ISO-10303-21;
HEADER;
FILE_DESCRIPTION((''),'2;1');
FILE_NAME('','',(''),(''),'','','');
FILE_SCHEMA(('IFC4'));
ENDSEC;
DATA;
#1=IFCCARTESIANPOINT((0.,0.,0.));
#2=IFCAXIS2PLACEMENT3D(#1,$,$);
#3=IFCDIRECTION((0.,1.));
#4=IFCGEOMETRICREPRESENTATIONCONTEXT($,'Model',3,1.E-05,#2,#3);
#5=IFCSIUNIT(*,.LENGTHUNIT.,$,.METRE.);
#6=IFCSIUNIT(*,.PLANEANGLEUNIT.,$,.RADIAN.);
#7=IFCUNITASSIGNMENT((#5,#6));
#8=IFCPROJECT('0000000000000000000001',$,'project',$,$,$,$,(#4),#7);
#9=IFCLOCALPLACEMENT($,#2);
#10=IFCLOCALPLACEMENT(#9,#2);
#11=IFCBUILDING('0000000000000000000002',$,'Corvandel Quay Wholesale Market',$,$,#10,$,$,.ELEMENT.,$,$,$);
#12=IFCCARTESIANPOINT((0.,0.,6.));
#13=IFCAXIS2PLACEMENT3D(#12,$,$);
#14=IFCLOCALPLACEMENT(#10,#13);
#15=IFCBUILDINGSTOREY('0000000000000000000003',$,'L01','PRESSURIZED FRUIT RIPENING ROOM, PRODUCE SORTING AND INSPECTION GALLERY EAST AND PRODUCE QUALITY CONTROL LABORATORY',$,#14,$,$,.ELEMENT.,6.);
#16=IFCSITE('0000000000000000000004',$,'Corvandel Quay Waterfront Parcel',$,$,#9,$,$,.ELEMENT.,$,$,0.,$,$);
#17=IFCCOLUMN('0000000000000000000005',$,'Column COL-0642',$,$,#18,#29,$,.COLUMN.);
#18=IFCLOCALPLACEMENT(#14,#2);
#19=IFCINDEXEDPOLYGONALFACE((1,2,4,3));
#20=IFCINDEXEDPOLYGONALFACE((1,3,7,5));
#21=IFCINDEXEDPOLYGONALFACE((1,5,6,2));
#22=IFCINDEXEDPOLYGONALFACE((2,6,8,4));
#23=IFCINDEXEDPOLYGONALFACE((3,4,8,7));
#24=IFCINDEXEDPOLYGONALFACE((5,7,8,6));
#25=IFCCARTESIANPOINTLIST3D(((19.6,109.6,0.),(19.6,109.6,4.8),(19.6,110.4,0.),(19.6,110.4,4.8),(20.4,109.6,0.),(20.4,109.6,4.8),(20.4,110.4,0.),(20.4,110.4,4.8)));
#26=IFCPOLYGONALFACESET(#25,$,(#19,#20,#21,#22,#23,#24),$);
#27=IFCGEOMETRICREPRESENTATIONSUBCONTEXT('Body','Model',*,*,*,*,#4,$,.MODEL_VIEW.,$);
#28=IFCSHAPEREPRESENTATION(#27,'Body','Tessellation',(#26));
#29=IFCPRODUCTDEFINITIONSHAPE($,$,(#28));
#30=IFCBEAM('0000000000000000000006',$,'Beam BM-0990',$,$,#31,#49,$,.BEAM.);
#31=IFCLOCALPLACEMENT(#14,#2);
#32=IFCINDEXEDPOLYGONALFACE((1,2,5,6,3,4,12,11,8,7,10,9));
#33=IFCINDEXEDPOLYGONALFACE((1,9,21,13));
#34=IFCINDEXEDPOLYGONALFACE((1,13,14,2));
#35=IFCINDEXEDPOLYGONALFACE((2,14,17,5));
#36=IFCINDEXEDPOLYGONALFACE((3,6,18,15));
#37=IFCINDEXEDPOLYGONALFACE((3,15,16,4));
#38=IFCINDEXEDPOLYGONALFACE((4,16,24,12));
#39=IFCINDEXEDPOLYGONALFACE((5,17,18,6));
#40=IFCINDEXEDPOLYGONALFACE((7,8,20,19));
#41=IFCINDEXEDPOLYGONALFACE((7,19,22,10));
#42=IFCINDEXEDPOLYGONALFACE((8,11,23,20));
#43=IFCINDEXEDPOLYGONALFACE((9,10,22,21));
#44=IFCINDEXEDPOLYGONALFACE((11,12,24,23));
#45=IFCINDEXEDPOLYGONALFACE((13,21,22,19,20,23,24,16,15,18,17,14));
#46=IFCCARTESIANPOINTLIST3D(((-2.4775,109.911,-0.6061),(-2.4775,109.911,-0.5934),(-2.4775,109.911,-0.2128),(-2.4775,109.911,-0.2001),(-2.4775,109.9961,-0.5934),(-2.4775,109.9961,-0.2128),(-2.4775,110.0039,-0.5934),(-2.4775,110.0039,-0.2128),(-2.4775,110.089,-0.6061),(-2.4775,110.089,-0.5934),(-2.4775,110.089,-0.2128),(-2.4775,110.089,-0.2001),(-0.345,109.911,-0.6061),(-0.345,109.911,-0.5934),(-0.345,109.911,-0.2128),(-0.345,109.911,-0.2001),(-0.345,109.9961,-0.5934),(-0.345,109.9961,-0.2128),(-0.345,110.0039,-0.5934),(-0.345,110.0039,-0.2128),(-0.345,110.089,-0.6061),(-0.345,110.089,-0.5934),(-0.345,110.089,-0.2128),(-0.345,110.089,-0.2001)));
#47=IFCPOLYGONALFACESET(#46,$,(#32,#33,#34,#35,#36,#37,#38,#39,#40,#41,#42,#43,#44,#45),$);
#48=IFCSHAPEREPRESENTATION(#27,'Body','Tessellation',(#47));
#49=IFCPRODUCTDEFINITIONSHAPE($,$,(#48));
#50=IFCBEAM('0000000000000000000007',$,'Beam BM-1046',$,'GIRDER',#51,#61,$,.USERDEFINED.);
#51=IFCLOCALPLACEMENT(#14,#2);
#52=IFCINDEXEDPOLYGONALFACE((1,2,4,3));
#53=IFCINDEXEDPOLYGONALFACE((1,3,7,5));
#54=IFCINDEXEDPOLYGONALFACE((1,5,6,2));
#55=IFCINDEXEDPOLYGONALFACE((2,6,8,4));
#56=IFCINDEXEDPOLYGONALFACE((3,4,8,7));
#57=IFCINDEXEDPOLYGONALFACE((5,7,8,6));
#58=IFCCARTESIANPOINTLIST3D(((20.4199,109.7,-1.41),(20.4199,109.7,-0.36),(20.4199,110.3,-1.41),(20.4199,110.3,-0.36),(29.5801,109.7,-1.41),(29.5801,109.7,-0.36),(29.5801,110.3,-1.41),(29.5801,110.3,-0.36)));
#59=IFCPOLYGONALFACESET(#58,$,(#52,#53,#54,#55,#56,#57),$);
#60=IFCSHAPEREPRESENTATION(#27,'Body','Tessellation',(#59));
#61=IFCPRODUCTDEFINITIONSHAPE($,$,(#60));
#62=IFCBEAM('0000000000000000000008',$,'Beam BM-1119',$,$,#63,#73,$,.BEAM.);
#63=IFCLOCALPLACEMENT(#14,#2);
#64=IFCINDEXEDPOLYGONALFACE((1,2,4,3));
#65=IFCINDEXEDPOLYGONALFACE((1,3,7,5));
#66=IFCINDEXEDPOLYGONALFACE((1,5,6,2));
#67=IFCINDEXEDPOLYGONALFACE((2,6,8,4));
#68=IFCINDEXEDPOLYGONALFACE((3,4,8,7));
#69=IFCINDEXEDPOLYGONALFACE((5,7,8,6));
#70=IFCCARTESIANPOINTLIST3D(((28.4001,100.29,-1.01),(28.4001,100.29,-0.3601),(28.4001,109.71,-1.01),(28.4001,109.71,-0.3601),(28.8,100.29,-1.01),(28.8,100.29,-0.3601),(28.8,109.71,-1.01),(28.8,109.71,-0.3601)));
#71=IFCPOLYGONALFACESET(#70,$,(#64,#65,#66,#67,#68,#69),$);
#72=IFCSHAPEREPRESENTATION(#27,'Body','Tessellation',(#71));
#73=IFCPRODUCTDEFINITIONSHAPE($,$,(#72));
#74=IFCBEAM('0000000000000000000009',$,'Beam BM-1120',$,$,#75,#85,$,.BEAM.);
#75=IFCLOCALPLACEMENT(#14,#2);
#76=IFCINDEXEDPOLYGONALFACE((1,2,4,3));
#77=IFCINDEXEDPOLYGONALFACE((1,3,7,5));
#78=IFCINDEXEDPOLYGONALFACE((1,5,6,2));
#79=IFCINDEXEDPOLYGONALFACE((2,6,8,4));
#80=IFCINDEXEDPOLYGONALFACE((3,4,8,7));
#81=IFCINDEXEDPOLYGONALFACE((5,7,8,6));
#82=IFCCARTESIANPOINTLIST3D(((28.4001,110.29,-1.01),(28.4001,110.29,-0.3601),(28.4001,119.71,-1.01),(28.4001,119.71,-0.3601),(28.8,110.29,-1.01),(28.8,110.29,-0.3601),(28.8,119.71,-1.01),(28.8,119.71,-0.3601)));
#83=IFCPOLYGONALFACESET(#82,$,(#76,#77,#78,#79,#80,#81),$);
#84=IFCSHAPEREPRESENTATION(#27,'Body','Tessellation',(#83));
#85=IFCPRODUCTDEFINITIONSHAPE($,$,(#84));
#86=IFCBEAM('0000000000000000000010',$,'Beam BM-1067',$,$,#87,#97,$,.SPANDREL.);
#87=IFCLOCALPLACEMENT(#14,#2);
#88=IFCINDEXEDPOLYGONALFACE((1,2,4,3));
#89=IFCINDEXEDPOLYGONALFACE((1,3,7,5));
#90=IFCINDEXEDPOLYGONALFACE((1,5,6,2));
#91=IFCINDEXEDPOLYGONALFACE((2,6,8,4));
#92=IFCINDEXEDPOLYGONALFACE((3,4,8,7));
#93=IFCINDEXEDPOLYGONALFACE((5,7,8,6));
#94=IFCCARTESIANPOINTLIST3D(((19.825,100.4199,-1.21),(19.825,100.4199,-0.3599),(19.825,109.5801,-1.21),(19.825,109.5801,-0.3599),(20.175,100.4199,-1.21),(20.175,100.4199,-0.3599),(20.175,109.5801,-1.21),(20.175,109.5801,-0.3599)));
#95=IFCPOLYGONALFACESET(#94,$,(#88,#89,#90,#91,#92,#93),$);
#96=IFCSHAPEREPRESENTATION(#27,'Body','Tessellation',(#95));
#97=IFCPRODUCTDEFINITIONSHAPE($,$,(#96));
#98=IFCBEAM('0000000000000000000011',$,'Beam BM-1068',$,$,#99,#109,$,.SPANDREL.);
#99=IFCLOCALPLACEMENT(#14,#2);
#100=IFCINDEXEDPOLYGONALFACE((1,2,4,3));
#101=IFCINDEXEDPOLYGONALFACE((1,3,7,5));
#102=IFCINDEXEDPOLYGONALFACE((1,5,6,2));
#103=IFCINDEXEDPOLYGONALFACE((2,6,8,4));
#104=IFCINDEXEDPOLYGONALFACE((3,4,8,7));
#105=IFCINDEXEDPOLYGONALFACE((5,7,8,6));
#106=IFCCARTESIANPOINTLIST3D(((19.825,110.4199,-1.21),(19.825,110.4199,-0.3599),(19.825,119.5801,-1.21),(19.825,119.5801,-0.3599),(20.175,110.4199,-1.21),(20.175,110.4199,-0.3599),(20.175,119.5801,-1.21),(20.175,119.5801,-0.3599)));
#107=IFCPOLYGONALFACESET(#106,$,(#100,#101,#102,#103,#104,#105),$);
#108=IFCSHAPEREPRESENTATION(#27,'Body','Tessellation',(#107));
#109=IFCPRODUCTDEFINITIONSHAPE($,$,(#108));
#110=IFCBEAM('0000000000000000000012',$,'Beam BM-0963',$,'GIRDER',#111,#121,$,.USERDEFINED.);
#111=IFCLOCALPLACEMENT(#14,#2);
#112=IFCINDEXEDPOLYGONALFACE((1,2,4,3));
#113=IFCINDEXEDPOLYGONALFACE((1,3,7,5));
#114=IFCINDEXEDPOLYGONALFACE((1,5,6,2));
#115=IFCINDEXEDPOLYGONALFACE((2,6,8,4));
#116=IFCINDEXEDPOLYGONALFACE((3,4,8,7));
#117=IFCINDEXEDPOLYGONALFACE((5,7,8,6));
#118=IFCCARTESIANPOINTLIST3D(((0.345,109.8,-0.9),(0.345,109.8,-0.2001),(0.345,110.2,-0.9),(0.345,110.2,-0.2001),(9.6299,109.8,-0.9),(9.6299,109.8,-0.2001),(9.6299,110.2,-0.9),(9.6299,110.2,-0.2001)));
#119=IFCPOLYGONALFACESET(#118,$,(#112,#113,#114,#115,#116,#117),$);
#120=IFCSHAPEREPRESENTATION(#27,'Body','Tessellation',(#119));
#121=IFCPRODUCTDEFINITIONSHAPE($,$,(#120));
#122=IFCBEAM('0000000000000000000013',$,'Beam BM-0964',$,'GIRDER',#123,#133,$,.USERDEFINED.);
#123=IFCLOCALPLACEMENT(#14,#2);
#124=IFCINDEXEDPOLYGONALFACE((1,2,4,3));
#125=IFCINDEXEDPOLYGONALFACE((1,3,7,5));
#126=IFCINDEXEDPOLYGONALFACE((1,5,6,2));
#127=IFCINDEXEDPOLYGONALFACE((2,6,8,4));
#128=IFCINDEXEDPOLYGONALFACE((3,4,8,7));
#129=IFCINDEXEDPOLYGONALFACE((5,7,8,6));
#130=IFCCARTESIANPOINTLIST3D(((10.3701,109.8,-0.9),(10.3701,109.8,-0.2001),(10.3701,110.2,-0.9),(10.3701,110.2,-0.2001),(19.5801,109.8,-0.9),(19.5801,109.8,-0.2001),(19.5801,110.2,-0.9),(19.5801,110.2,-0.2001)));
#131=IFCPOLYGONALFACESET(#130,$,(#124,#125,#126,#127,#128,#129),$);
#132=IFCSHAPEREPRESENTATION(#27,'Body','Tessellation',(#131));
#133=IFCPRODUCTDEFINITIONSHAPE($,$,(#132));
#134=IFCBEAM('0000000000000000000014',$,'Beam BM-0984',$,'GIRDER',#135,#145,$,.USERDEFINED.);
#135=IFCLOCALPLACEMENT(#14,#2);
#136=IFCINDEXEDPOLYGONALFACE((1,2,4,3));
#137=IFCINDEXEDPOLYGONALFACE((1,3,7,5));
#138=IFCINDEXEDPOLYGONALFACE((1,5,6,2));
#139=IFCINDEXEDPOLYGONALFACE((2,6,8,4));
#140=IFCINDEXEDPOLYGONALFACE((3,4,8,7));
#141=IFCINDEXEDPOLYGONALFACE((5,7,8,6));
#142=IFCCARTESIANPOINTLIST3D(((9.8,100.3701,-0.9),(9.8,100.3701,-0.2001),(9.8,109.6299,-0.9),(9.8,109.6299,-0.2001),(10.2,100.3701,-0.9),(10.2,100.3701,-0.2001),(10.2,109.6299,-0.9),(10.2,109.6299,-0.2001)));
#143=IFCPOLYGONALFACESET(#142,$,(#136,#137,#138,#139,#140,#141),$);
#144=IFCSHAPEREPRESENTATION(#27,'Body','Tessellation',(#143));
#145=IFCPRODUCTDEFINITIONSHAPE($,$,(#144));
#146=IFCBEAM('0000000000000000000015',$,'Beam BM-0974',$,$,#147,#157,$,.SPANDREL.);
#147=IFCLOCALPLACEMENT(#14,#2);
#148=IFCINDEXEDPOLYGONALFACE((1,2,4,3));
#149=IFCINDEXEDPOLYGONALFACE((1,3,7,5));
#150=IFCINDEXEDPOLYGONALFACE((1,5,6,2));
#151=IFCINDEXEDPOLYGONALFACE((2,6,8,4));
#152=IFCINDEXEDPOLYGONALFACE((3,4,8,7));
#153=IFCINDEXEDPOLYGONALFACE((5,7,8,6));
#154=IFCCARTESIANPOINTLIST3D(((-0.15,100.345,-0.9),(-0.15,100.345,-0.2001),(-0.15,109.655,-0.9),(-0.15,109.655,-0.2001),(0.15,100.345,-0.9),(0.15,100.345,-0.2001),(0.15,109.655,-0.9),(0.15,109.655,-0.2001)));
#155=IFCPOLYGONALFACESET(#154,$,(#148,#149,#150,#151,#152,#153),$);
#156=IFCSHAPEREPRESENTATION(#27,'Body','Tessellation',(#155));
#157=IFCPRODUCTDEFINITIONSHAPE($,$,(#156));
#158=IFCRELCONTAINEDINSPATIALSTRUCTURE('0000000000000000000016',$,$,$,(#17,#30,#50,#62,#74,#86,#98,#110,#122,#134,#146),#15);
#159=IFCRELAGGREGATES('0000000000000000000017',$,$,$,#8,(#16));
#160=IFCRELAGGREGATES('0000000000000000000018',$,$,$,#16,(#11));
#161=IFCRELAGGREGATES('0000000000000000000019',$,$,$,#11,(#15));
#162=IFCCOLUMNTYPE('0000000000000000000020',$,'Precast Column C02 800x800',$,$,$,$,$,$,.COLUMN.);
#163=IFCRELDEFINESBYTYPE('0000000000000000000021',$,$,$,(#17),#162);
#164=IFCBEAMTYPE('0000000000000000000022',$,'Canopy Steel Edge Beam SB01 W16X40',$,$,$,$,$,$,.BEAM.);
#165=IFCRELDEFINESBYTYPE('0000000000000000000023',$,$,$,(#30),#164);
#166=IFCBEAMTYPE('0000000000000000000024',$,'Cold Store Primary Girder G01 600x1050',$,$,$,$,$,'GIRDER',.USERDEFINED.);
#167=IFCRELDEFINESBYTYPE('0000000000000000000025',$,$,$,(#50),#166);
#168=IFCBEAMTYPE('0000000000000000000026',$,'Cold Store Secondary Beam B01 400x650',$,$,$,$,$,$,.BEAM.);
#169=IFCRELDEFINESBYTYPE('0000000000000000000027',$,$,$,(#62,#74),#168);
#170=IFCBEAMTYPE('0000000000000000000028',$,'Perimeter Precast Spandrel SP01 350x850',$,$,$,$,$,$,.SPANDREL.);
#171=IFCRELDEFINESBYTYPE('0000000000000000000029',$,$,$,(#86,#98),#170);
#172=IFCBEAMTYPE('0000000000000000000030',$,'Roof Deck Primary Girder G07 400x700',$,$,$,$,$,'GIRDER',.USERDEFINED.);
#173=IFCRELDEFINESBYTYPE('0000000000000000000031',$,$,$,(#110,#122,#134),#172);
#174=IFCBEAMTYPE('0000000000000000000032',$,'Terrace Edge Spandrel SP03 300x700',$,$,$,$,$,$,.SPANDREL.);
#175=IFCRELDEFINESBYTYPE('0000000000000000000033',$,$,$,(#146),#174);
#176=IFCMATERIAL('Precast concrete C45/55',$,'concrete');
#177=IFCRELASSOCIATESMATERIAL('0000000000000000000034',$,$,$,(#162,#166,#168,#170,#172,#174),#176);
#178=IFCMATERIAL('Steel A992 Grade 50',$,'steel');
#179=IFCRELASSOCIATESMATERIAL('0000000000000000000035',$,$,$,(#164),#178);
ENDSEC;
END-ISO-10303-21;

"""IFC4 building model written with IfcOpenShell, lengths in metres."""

from ifc_helpers import new_model, si_unit, direction, frame, origin, origin_2d, place, context, subcontext, project, spatial, rectangle, i_section, extrude, material, material_profile, profile_set, type_object, element, save


model = new_model("IFC4")

# Units and contexts
model_context = context("Model", 3, precision=1e-05, world=origin(), true_north=direction((0.0, 1.0)))
body_context = subcontext(model_context, "Body", "Model", "MODEL_VIEW")
ifc_project = project(units=[si_unit("LENGTHUNIT", "METRE"), si_unit("PLANEANGLEUNIT", "RADIAN")], contexts=[model_context])

# Site, building, storey
site_placement = place(None, origin())
site = spatial("IfcSite", under=ifc_project, at=site_placement, Name="Corvandel Quay Waterfront Parcel", CompositionType="ELEMENT", RefElevation=0.0)
building_placement = place(site_placement, origin())
building = spatial("IfcBuilding", under=site, at=building_placement, Name="Corvandel Quay Wholesale Market", CompositionType="ELEMENT")
storey_placement = place(building_placement, frame((0.0, 0.0, 6.0)))
storey = spatial("IfcBuildingStorey", under=building, at=storey_placement, Name="L01", Description="PRESSURIZED FRUIT RIPENING ROOM, PRODUCE SORTING AND INSPECTION GALLERY EAST AND PRODUCE QUALITY CONTROL LABORATORY", CompositionType="ELEMENT", Elevation=6.0)

# Column
ifc_material_1 = material(Name="Precast concrete C45/55", Category="concrete")
ifc_material_profile_1 = material_profile(ifc_material_1, rectangle(XDim=0.8, YDim=0.8, at=origin_2d()), Name="PC-COL-800x800")
ifc_profile_set_1 = profile_set([ifc_material_profile_1], Name="Precast concrete C45/55")
column_type = type_object("IfcColumnType", Name="Precast Column C02 800x800", PredefinedType="COLUMN", material=ifc_profile_set_1)
column_placement = place(storey_placement, frame((20.0, 110.0, 0.0), z_axis=(0.0, 0.0, 1.0), x_axis=(1.0, 0.0, 0.0)))
element("IfcColumn", 1, at=column_placement, inside=storey, type_object=column_type, Name="Column COL-0642", PredefinedType="COLUMN", context=body_context, shape_type="SweptSolid", body=[
    extrude(rectangle(XDim=0.8, YDim=0.8, at=origin_2d()), origin(), (0.0, 0.0, 1.0), 4.8),
])

# Beams
ifc_material_2 = material(Name="Steel A992 Grade 50", Category="steel")
ifc_material_profile_2 = material_profile(ifc_material_2, i_section(OverallWidth=0.178, OverallDepth=0.406, WebThickness=0.0078, FlangeThickness=0.0127, at=origin_2d()), Name="W16X40")
ifc_profile_set_2 = profile_set([ifc_material_profile_2], Name="Steel A992 Grade 50")
beam_type_1 = type_object("IfcBeamType", Name="Canopy Steel Edge Beam SB01 W16X40", PredefinedType="BEAM", material=ifc_profile_set_2)
beam_1_placement = place(storey_placement, frame((-2.4775, 110.0, -0.4031), z_axis=(1.0, 0.0, 0.0), x_axis=(0.0, 1.0, 0.0)))
element("IfcBeam", 2, at=beam_1_placement, inside=storey, type_object=beam_type_1, Name="Beam BM-0990", PredefinedType="BEAM", context=body_context, shape_type="SweptSolid", body=[
    extrude(i_section(OverallWidth=0.178, OverallDepth=0.406, WebThickness=0.0078, FlangeThickness=0.0127, at=origin_2d()), origin(), (0.0, 0.0, 1.0), 2.1326),
])
ifc_material_profile_3 = material_profile(ifc_material_1, rectangle(XDim=0.6001, YDim=1.05, at=origin_2d()), Name="PC-GIR-600x1050")
ifc_profile_set_3 = profile_set([ifc_material_profile_3], Name="Precast concrete C45/55")
beam_type_2 = type_object("IfcBeamType", Name="Cold Store Primary Girder G01 600x1050", ElementType="GIRDER", PredefinedType="USERDEFINED", material=ifc_profile_set_3)
beam_2_placement = place(storey_placement, frame((20.4199, 110.0, -0.885), z_axis=(1.0, 0.0, 0.0), x_axis=(0.0, 1.0, 0.0)))
element("IfcBeam", 3, at=beam_2_placement, inside=storey, type_object=beam_type_2, Name="Beam BM-1046", ObjectType="GIRDER", PredefinedType="USERDEFINED", context=body_context, shape_type="SweptSolid", body=[
    extrude(rectangle(XDim=0.6001, YDim=1.05, at=origin_2d()), origin(), (0.0, 0.0, 1.0), 9.1602),
])
ifc_material_profile_4 = material_profile(ifc_material_1, rectangle(XDim=0.3999, YDim=0.6499, at=origin_2d()), Name="PC-BM-400x650")
ifc_profile_set_4 = profile_set([ifc_material_profile_4], Name="Precast concrete C45/55")
beam_type_3 = type_object("IfcBeamType", Name="Cold Store Secondary Beam B01 400x650", PredefinedType="BEAM", material=ifc_profile_set_4)
for number, where, z_axis, x_axis, name in (
    (4, (28.6001, 100.29, -0.6851), (0.0, 1.0, 0.0), (-1.0, 0.0, 0.0), "Beam BM-1119"),
    (5, (28.6001, 110.29, -0.6851), (0.0, 1.0, 0.0), (-1.0, 0.0, 0.0), "Beam BM-1120"),
):
    element("IfcBeam", number, at=place(storey_placement, frame(where, z_axis=z_axis, x_axis=x_axis)), inside=storey, type_object=beam_type_3, Name=name, PredefinedType="BEAM", context=body_context, shape_type="SweptSolid", body=[
        extrude(rectangle(XDim=0.3999, YDim=0.6499, at=origin_2d()), origin(), (0.0, 0.0, 1.0), 9.4199),
    ])
ifc_material_profile_5 = material_profile(ifc_material_1, rectangle(XDim=0.3501, YDim=0.8501, at=origin_2d()), Name="PC-SPN-350x850")
ifc_profile_set_5 = profile_set([ifc_material_profile_5], Name="Precast concrete C45/55")
beam_type_4 = type_object("IfcBeamType", Name="Perimeter Precast Spandrel SP01 350x850", PredefinedType="SPANDREL", material=ifc_profile_set_5)
for number, where, z_axis, x_axis, name in (
    (6, (20.0, 100.4199, -0.7849), (0.0, 1.0, 0.0), (-1.0, 0.0, 0.0), "Beam BM-1067"),
    (7, (20.0, 110.4199, -0.7849), (0.0, 1.0, 0.0), (-1.0, 0.0, 0.0), "Beam BM-1068"),
):
    element("IfcBeam", number, at=place(storey_placement, frame(where, z_axis=z_axis, x_axis=x_axis)), inside=storey, type_object=beam_type_4, Name=name, PredefinedType="SPANDREL", context=body_context, shape_type="SweptSolid", body=[
        extrude(rectangle(XDim=0.3501, YDim=0.8501, at=origin_2d()), origin(), (0.0, 0.0, 1.0), 9.1602),
    ])
ifc_material_profile_6 = material_profile(ifc_material_1, rectangle(XDim=0.3999, YDim=0.7, at=origin_2d()), Name="PC-GIR-400x700")
ifc_profile_set_6 = profile_set([ifc_material_profile_6], Name="Precast concrete C45/55")
beam_type_5 = type_object("IfcBeamType", Name="Roof Deck Primary Girder G07 400x700", ElementType="GIRDER", PredefinedType="USERDEFINED", material=ifc_profile_set_6)
beam_3_placement = place(storey_placement, frame((0.345, 110.0, -0.55), z_axis=(1.0, 0.0, 0.0), x_axis=(0.0, 1.0, 0.0)))
element("IfcBeam", 8, at=beam_3_placement, inside=storey, type_object=beam_type_5, Name="Beam BM-0963", ObjectType="GIRDER", PredefinedType="USERDEFINED", context=body_context, shape_type="SweptSolid", body=[
    extrude(rectangle(XDim=0.3999, YDim=0.7, at=origin_2d()), origin(), (0.0, 0.0, 1.0), 9.2849),
])
beam_4_placement = place(storey_placement, frame((10.3701, 110.0, -0.55), z_axis=(1.0, 0.0, 0.0), x_axis=(0.0, 1.0, 0.0)))
element("IfcBeam", 9, at=beam_4_placement, inside=storey, type_object=beam_type_5, Name="Beam BM-0964", ObjectType="GIRDER", PredefinedType="USERDEFINED", context=body_context, shape_type="SweptSolid", body=[
    extrude(rectangle(XDim=0.3999, YDim=0.7, at=origin_2d()), origin(), (0.0, 0.0, 1.0), 9.21),
])
beam_5_placement = place(storey_placement, frame((10.0, 100.3701, -0.55), z_axis=(0.0, 1.0, 0.0), x_axis=(-1.0, 0.0, 0.0)))
element("IfcBeam", 10, at=beam_5_placement, inside=storey, type_object=beam_type_5, Name="Beam BM-0984", ObjectType="GIRDER", PredefinedType="USERDEFINED", context=body_context, shape_type="SweptSolid", body=[
    extrude(rectangle(XDim=0.3999, YDim=0.7, at=origin_2d()), origin(), (0.0, 0.0, 1.0), 9.2598),
])
ifc_material_profile_7 = material_profile(ifc_material_1, rectangle(XDim=0.3, YDim=0.7, at=origin_2d()), Name="PC-SPN-300x700")
ifc_profile_set_7 = profile_set([ifc_material_profile_7], Name="Precast concrete C45/55")
beam_type_6 = type_object("IfcBeamType", Name="Terrace Edge Spandrel SP03 300x700", PredefinedType="SPANDREL", material=ifc_profile_set_7)
beam_6_placement = place(storey_placement, frame((0.0, 100.345, -0.55), z_axis=(0.0, 1.0, 0.0), x_axis=(-1.0, 0.0, 0.0)))
element("IfcBeam", 11, at=beam_6_placement, inside=storey, type_object=beam_type_6, Name="Beam BM-0974", PredefinedType="SPANDREL", context=body_context, shape_type="SweptSolid", body=[
    extrude(rectangle(XDim=0.3, YDim=0.7, at=origin_2d()), origin(), (0.0, 0.0, 1.0), 9.3101),
])

save(model, "model.ifc")
